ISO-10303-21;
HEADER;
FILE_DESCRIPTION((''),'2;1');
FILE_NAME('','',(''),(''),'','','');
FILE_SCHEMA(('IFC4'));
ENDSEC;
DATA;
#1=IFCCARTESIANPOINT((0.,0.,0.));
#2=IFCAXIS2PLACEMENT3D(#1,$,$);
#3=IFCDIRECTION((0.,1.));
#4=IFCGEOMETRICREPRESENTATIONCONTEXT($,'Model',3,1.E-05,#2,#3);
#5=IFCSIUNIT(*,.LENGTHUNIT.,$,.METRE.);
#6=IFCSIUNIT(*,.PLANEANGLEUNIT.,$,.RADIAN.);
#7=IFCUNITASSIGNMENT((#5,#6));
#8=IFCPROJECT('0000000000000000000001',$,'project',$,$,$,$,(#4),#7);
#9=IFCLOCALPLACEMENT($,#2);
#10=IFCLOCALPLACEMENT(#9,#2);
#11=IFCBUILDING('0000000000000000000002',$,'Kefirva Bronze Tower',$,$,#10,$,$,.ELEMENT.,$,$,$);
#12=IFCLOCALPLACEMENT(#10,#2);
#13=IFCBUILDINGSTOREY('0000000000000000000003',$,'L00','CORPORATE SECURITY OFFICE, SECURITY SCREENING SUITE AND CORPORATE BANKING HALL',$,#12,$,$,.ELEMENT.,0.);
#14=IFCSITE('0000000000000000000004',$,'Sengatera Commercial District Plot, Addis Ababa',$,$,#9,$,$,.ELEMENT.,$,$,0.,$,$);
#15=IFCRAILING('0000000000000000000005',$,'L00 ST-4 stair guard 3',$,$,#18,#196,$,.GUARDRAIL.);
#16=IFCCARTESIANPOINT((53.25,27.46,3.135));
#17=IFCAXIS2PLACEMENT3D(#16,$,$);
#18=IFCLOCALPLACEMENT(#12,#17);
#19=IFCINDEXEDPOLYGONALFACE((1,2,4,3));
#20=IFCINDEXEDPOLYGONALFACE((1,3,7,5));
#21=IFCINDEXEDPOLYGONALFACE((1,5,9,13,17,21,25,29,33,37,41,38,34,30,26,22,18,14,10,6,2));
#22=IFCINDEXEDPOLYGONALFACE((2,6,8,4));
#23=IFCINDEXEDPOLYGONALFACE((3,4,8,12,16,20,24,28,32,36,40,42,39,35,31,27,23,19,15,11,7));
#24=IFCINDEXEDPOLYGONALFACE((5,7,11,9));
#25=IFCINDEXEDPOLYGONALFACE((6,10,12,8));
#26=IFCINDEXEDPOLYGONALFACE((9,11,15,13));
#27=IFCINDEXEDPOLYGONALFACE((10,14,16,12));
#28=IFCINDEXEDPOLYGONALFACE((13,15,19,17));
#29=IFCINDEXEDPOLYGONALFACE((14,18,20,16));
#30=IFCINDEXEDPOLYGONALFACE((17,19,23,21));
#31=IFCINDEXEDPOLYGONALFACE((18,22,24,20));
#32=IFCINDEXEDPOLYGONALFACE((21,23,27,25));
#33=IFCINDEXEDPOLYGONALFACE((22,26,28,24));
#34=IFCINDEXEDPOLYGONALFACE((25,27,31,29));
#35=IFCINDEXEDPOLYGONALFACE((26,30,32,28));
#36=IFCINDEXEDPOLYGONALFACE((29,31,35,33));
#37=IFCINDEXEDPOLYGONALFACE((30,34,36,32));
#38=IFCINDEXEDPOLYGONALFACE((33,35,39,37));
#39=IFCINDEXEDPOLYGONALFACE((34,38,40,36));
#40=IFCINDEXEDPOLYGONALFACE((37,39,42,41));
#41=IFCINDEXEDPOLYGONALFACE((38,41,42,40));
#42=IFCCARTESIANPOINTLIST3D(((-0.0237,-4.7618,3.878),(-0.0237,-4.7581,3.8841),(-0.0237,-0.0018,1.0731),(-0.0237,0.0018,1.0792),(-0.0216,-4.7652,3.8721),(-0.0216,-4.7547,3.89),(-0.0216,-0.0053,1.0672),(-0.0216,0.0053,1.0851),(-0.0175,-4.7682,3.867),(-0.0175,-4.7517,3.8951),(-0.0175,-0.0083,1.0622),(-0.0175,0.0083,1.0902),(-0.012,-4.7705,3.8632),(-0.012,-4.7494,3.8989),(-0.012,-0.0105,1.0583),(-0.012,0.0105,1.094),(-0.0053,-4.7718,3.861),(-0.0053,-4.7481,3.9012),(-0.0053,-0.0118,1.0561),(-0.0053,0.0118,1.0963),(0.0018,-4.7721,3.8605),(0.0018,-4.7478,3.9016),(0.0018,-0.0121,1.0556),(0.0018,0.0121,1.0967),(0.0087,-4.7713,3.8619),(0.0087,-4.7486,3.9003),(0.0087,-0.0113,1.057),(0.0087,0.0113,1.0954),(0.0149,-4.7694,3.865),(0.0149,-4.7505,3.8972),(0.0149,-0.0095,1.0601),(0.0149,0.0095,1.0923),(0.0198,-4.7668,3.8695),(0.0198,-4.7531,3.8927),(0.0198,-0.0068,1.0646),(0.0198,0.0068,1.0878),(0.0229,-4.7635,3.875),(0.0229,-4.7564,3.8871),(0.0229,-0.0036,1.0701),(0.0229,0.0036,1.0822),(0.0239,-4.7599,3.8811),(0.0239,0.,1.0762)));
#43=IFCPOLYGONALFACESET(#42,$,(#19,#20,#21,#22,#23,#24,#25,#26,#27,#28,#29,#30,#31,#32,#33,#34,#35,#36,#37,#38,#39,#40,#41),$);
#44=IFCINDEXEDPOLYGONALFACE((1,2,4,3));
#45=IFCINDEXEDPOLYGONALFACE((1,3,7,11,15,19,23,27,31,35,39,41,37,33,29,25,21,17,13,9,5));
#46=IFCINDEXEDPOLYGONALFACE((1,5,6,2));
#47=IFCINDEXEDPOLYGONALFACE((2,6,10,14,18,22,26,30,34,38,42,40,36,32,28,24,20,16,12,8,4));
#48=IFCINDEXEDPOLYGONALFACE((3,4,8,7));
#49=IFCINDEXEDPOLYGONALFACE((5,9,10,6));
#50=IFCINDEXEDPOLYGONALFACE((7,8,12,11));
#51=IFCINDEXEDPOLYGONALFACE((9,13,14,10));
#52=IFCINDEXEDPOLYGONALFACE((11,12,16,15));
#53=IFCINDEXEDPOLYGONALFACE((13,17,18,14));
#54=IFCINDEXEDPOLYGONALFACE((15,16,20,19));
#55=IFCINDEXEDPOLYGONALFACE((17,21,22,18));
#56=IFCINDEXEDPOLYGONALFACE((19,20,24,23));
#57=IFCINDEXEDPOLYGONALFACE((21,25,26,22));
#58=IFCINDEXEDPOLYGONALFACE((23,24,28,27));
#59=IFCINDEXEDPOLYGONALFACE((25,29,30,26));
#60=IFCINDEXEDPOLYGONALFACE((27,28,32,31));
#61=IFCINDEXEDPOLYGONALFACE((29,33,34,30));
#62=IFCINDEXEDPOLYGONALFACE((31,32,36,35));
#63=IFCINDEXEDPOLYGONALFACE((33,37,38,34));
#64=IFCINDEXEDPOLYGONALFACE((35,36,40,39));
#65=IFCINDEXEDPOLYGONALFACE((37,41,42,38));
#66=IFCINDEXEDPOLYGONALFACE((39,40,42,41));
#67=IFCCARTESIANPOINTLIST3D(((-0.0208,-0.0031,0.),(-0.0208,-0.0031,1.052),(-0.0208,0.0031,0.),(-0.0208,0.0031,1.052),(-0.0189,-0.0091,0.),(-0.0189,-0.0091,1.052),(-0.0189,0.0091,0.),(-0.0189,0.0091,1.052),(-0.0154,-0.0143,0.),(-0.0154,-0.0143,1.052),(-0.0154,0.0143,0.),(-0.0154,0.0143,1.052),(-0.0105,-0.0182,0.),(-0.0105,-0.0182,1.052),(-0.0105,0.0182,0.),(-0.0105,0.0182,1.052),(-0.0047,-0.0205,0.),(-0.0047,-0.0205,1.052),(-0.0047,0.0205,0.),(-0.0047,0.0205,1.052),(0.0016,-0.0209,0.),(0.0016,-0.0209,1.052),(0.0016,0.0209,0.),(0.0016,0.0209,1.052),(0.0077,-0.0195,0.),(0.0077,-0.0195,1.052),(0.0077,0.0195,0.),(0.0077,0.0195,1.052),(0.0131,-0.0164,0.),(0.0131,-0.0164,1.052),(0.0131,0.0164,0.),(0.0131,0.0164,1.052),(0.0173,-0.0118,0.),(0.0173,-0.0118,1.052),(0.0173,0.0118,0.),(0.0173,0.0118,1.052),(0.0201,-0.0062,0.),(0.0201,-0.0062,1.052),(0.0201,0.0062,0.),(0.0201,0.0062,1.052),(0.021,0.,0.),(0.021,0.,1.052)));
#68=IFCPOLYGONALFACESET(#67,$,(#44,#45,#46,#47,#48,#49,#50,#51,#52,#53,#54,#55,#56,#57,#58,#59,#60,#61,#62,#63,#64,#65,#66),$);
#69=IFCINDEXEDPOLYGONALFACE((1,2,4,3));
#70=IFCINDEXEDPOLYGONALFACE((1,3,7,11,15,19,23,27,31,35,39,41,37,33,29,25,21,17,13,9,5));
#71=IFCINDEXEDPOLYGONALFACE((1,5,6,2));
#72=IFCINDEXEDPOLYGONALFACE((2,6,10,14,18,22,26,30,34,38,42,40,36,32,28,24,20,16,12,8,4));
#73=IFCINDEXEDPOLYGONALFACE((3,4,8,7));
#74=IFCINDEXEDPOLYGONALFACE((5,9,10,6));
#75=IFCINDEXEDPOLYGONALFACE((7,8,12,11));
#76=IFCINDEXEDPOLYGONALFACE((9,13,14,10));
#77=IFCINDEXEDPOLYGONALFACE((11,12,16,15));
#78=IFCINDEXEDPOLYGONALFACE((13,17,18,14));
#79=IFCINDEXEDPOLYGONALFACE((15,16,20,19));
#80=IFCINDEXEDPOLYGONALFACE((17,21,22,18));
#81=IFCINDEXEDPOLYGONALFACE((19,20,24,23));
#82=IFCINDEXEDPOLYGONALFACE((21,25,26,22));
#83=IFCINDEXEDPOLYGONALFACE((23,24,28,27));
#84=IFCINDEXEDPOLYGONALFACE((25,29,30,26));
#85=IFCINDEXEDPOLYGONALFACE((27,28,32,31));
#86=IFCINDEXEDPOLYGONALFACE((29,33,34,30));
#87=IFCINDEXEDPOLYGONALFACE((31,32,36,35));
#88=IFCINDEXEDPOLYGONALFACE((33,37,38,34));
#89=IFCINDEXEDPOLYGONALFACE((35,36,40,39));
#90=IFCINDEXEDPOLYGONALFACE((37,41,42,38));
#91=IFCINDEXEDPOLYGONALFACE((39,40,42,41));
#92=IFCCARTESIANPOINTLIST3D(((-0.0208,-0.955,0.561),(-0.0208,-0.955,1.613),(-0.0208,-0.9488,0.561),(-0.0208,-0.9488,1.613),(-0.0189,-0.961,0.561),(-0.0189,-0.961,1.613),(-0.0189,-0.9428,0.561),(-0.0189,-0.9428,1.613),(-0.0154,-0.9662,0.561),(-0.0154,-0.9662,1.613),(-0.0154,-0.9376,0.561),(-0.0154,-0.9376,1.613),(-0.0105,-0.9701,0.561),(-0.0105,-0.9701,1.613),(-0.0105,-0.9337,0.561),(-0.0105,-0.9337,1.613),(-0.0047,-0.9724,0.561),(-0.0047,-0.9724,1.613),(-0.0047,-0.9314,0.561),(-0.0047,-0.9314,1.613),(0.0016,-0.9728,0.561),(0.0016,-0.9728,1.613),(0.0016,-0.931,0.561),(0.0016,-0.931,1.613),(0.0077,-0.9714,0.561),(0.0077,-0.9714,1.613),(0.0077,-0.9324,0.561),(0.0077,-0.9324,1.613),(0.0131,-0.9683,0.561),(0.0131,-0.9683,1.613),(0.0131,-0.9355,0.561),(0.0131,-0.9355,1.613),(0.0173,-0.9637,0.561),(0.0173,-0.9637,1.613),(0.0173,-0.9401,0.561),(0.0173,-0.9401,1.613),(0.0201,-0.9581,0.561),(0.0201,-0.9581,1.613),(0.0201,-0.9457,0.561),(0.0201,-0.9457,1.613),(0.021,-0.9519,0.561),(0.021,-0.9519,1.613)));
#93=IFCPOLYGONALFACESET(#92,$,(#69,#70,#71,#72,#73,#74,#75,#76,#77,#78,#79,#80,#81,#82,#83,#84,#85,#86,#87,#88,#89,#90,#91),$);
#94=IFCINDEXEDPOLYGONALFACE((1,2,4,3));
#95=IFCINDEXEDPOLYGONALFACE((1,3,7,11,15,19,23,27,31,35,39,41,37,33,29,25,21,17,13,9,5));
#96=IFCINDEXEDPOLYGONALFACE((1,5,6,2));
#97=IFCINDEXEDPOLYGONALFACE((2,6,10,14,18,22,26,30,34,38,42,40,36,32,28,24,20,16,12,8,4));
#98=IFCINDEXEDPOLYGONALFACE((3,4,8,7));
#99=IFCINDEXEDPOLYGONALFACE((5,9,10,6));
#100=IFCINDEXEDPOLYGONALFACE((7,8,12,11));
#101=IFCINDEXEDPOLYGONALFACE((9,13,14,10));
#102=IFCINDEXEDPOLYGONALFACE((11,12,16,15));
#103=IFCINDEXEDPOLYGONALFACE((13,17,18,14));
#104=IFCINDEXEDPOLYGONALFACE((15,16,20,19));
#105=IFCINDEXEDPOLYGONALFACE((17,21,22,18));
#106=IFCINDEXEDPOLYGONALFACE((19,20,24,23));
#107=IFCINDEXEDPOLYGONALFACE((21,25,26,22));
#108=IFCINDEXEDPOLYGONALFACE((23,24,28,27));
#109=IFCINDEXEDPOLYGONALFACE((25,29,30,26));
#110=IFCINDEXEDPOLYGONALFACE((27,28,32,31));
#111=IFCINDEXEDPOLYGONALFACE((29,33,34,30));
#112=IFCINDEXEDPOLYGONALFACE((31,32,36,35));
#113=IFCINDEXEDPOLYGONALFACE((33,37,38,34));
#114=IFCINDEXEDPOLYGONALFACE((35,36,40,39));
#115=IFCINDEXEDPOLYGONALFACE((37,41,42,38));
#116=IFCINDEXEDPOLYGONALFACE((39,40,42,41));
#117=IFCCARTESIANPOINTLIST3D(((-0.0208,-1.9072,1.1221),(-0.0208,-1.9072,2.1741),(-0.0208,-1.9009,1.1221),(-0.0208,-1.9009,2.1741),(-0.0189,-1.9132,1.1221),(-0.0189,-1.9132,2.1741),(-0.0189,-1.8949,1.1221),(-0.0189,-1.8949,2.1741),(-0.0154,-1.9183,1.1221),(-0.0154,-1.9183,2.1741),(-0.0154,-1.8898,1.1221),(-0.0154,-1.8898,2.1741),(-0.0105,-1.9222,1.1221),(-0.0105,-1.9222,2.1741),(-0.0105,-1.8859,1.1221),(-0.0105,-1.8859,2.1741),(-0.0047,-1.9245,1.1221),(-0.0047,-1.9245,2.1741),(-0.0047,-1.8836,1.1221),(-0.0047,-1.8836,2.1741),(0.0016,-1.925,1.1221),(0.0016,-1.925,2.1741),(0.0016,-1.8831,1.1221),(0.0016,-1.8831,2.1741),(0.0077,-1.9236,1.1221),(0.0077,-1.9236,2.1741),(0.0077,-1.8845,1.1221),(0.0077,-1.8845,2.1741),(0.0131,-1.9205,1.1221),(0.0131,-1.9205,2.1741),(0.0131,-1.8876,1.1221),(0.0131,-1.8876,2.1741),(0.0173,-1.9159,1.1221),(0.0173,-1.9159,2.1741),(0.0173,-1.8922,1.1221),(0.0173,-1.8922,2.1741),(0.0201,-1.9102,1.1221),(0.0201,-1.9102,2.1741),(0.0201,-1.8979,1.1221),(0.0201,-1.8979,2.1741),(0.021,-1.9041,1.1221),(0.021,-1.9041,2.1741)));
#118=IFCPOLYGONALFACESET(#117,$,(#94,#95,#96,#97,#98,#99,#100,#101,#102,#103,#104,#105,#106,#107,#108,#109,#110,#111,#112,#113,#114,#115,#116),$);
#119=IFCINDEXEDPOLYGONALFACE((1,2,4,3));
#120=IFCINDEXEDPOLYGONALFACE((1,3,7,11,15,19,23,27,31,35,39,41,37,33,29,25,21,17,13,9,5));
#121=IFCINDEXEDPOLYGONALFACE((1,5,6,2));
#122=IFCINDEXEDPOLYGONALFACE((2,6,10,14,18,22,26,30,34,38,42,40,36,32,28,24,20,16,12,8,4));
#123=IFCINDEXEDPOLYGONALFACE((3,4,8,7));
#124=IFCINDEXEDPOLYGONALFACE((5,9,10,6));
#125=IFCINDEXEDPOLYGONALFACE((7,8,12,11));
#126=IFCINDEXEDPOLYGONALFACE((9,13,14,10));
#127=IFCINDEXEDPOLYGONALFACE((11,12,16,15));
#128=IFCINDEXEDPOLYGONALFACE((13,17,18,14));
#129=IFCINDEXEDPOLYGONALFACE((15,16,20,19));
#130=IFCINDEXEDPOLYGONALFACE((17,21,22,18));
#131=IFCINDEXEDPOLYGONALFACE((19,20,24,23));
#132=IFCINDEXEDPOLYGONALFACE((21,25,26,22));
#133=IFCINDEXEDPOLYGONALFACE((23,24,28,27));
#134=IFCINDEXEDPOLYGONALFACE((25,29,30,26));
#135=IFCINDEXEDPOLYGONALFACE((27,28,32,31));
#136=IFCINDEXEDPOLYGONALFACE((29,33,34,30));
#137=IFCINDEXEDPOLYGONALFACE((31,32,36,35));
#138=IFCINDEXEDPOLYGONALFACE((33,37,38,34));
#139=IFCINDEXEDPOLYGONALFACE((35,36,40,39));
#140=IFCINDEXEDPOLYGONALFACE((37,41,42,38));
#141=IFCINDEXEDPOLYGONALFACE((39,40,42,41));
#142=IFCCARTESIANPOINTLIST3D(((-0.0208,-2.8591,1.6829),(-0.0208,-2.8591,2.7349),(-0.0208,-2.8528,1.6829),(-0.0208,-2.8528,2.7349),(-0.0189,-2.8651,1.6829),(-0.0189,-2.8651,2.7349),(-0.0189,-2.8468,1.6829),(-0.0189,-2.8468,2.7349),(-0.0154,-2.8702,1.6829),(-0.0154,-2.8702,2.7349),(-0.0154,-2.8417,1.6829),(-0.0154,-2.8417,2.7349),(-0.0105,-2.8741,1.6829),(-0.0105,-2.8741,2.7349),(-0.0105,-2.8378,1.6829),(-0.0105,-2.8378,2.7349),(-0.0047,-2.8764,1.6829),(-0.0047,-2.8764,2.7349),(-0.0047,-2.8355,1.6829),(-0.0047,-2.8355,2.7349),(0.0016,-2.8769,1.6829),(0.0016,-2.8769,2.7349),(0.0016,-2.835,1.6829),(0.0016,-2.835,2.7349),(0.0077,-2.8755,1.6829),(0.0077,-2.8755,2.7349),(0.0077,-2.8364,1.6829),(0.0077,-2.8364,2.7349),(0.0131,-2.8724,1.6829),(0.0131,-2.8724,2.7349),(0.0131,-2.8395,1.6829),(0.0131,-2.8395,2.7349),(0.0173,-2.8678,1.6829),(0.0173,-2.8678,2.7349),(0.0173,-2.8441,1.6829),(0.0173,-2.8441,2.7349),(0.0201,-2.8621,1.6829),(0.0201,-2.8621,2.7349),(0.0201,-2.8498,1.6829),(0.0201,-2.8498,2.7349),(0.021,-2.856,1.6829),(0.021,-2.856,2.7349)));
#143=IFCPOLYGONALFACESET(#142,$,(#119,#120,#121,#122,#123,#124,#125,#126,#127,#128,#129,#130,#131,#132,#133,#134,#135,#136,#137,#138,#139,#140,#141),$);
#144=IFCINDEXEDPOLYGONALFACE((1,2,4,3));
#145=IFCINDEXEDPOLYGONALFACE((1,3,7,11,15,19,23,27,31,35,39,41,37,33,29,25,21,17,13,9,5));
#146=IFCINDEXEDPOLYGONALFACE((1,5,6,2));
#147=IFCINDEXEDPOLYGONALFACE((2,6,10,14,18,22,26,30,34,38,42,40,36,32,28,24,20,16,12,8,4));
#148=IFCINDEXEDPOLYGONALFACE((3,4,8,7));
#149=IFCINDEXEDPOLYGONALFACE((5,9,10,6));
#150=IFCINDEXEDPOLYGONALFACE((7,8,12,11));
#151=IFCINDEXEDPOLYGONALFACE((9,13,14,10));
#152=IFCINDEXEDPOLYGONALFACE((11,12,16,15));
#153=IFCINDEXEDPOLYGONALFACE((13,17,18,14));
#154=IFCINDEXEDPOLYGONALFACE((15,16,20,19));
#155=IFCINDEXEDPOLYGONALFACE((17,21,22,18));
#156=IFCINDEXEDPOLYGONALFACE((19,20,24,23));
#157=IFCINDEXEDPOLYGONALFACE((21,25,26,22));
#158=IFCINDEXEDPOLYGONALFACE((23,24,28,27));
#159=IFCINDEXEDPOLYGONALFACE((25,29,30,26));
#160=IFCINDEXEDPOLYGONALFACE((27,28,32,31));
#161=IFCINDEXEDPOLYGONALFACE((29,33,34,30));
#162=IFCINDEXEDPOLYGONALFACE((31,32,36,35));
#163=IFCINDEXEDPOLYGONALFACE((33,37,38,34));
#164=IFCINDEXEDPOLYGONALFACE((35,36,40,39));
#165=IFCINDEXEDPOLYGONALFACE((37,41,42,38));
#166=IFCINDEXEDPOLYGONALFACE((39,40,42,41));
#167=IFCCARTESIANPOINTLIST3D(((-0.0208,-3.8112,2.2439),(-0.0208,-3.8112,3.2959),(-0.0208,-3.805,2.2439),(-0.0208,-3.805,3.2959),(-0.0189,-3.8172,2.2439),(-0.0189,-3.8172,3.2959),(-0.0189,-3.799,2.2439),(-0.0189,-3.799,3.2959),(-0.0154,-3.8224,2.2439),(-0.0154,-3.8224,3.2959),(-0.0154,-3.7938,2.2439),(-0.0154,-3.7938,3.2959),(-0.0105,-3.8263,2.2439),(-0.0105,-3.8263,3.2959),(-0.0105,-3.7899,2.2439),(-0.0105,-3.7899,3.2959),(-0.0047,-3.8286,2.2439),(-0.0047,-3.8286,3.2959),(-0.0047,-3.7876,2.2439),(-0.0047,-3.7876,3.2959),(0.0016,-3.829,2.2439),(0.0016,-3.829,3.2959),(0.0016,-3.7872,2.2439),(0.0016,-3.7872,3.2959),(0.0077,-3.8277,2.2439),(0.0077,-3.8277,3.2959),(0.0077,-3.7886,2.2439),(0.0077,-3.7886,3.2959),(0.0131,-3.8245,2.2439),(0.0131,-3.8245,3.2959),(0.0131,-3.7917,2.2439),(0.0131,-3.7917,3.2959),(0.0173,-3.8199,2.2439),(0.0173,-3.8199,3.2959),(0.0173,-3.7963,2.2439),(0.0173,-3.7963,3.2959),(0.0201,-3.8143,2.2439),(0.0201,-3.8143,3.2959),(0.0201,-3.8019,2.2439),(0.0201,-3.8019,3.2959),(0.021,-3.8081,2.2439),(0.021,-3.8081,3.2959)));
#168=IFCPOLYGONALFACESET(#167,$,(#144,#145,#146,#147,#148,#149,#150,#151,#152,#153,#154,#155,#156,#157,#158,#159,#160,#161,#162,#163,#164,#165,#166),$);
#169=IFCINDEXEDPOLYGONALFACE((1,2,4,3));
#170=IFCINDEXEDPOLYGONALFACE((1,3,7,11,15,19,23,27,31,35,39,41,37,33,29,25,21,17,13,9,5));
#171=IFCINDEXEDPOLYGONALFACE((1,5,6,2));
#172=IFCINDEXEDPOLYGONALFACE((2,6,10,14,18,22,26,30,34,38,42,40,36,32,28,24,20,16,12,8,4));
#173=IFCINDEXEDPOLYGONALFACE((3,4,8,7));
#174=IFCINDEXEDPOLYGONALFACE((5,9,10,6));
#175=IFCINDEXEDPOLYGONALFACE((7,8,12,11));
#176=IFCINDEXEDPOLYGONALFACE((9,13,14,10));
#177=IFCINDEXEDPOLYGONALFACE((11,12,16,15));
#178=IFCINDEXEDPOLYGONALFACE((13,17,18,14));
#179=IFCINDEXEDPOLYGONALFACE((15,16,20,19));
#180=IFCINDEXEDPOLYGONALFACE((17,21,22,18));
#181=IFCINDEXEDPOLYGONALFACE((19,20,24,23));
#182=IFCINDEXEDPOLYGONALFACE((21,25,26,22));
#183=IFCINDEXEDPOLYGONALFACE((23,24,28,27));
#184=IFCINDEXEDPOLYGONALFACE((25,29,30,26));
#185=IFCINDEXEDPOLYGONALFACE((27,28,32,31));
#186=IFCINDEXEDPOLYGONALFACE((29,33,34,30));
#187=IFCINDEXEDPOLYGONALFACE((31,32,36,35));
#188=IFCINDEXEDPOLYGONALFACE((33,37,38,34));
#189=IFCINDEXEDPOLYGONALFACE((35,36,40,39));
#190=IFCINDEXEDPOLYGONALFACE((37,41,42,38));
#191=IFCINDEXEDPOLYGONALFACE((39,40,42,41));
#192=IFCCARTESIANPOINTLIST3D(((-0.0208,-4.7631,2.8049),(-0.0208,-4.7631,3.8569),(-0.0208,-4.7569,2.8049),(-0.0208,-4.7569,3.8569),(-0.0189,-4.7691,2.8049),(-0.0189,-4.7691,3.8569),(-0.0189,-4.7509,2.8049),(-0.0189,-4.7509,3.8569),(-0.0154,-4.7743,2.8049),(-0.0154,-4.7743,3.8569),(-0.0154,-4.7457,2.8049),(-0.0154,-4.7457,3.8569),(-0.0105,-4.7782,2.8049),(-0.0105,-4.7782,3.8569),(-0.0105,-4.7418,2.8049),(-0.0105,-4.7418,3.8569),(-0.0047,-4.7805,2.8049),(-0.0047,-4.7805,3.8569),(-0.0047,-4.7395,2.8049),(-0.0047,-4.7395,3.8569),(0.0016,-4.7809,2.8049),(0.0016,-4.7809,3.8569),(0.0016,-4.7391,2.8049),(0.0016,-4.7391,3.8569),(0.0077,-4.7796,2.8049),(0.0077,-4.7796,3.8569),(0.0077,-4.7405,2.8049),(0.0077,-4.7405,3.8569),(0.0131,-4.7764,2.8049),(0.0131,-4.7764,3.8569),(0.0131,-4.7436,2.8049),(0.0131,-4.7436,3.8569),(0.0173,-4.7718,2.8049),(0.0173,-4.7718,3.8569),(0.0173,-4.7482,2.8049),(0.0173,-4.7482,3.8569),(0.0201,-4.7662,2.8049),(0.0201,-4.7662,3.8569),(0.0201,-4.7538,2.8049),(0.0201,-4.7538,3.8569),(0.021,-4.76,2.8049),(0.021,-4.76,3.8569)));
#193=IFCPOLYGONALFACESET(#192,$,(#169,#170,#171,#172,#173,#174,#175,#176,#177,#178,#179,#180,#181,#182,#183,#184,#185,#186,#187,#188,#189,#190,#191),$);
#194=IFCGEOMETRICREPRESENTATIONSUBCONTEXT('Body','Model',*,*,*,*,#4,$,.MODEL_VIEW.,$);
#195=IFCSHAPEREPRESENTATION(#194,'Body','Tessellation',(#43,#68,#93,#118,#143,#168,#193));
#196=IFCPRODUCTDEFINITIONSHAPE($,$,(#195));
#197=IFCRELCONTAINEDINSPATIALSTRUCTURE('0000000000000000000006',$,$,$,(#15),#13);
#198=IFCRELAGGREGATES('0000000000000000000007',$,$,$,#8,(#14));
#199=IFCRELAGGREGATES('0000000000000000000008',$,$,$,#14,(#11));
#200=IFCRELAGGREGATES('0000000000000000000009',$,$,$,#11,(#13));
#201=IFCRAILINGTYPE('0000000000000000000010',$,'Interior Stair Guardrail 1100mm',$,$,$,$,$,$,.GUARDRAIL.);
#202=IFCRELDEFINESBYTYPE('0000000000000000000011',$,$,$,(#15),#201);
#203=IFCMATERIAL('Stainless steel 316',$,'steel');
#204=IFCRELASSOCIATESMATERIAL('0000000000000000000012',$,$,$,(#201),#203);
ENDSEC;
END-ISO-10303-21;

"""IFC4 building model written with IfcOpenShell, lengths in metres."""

from ifc_helpers import new_model, si_unit, direction, frame, origin, origin_2d, place, context, subcontext, project, spatial, circle, extrude, material, type_object, element, save


model = new_model("IFC4")

# Units and contexts
model_context = context("Model", 3, precision=1e-05, world=origin(), true_north=direction((0.0, 1.0)))
body_context = subcontext(model_context, "Body", "Model", "MODEL_VIEW")
ifc_project = project(units=[si_unit("LENGTHUNIT", "METRE"), si_unit("PLANEANGLEUNIT", "RADIAN")], contexts=[model_context])

# Site, building, storey
site_placement = place(None, origin())
site = spatial("IfcSite", under=ifc_project, at=site_placement, Name="Sengatera Commercial District Plot, Addis Ababa", CompositionType="ELEMENT", RefElevation=0.0)
building_placement = place(site_placement, origin())
building = spatial("IfcBuilding", under=site, at=building_placement, Name="Kefirva Bronze Tower", CompositionType="ELEMENT")
storey_placement = place(building_placement, origin())
storey = spatial("IfcBuildingStorey", under=building, at=storey_placement, Name="L00", Description="CORPORATE SECURITY OFFICE, SECURITY SCREENING SUITE AND CORPORATE BANKING HALL", CompositionType="ELEMENT", Elevation=0.0)

# Railing
ifc_material_1 = material(Name="Stainless steel 316", Category="steel")
railing_type_1 = type_object("IfcRailingType", Name="Interior Stair Guardrail 1100mm", PredefinedType="GUARDRAIL", material=ifc_material_1)
railing_1_placement = place(storey_placement, frame((53.25, 27.46, 3.135)))
element("IfcRailing", 1, at=railing_1_placement, inside=storey, type_object=railing_type_1, Name="L00 ST-4 stair guard 3", PredefinedType="GUARDRAIL", context=body_context, shape_type="SweptSolid", body=[
    extrude(circle(Radius=0.0239, at=origin_2d()), frame((0.0, 0.0, 1.0762), z_axis=(0.0, -0.861544, 0.507682), x_axis=(1.0, 0.0, 0.0)), (0.0, 0.0, 1.0), 5.5249),
    extrude(circle(Radius=0.021, at=origin_2d()), origin(), (0.0, 0.0, 1.0), 1.052),
    extrude(circle(Radius=0.021, at=origin_2d()), frame((0.0, -0.9519, 0.561)), (0.0, 0.0, 1.0), 1.052),
    extrude(circle(Radius=0.021, at=origin_2d()), frame((0.0, -1.9041, 1.1221)), (0.0, 0.0, 1.0), 1.052),
    extrude(circle(Radius=0.021, at=origin_2d()), frame((0.0, -2.856, 1.6829)), (0.0, 0.0, 1.0), 1.052),
    extrude(circle(Radius=0.021, at=origin_2d()), frame((0.0, -3.8081, 2.2439)), (0.0, 0.0, 1.0), 1.052),
    extrude(circle(Radius=0.021, at=origin_2d()), frame((0.0, -4.76, 2.8049)), (0.0, 0.0, 1.0), 1.052),
])

save(model, "model.ifc")
